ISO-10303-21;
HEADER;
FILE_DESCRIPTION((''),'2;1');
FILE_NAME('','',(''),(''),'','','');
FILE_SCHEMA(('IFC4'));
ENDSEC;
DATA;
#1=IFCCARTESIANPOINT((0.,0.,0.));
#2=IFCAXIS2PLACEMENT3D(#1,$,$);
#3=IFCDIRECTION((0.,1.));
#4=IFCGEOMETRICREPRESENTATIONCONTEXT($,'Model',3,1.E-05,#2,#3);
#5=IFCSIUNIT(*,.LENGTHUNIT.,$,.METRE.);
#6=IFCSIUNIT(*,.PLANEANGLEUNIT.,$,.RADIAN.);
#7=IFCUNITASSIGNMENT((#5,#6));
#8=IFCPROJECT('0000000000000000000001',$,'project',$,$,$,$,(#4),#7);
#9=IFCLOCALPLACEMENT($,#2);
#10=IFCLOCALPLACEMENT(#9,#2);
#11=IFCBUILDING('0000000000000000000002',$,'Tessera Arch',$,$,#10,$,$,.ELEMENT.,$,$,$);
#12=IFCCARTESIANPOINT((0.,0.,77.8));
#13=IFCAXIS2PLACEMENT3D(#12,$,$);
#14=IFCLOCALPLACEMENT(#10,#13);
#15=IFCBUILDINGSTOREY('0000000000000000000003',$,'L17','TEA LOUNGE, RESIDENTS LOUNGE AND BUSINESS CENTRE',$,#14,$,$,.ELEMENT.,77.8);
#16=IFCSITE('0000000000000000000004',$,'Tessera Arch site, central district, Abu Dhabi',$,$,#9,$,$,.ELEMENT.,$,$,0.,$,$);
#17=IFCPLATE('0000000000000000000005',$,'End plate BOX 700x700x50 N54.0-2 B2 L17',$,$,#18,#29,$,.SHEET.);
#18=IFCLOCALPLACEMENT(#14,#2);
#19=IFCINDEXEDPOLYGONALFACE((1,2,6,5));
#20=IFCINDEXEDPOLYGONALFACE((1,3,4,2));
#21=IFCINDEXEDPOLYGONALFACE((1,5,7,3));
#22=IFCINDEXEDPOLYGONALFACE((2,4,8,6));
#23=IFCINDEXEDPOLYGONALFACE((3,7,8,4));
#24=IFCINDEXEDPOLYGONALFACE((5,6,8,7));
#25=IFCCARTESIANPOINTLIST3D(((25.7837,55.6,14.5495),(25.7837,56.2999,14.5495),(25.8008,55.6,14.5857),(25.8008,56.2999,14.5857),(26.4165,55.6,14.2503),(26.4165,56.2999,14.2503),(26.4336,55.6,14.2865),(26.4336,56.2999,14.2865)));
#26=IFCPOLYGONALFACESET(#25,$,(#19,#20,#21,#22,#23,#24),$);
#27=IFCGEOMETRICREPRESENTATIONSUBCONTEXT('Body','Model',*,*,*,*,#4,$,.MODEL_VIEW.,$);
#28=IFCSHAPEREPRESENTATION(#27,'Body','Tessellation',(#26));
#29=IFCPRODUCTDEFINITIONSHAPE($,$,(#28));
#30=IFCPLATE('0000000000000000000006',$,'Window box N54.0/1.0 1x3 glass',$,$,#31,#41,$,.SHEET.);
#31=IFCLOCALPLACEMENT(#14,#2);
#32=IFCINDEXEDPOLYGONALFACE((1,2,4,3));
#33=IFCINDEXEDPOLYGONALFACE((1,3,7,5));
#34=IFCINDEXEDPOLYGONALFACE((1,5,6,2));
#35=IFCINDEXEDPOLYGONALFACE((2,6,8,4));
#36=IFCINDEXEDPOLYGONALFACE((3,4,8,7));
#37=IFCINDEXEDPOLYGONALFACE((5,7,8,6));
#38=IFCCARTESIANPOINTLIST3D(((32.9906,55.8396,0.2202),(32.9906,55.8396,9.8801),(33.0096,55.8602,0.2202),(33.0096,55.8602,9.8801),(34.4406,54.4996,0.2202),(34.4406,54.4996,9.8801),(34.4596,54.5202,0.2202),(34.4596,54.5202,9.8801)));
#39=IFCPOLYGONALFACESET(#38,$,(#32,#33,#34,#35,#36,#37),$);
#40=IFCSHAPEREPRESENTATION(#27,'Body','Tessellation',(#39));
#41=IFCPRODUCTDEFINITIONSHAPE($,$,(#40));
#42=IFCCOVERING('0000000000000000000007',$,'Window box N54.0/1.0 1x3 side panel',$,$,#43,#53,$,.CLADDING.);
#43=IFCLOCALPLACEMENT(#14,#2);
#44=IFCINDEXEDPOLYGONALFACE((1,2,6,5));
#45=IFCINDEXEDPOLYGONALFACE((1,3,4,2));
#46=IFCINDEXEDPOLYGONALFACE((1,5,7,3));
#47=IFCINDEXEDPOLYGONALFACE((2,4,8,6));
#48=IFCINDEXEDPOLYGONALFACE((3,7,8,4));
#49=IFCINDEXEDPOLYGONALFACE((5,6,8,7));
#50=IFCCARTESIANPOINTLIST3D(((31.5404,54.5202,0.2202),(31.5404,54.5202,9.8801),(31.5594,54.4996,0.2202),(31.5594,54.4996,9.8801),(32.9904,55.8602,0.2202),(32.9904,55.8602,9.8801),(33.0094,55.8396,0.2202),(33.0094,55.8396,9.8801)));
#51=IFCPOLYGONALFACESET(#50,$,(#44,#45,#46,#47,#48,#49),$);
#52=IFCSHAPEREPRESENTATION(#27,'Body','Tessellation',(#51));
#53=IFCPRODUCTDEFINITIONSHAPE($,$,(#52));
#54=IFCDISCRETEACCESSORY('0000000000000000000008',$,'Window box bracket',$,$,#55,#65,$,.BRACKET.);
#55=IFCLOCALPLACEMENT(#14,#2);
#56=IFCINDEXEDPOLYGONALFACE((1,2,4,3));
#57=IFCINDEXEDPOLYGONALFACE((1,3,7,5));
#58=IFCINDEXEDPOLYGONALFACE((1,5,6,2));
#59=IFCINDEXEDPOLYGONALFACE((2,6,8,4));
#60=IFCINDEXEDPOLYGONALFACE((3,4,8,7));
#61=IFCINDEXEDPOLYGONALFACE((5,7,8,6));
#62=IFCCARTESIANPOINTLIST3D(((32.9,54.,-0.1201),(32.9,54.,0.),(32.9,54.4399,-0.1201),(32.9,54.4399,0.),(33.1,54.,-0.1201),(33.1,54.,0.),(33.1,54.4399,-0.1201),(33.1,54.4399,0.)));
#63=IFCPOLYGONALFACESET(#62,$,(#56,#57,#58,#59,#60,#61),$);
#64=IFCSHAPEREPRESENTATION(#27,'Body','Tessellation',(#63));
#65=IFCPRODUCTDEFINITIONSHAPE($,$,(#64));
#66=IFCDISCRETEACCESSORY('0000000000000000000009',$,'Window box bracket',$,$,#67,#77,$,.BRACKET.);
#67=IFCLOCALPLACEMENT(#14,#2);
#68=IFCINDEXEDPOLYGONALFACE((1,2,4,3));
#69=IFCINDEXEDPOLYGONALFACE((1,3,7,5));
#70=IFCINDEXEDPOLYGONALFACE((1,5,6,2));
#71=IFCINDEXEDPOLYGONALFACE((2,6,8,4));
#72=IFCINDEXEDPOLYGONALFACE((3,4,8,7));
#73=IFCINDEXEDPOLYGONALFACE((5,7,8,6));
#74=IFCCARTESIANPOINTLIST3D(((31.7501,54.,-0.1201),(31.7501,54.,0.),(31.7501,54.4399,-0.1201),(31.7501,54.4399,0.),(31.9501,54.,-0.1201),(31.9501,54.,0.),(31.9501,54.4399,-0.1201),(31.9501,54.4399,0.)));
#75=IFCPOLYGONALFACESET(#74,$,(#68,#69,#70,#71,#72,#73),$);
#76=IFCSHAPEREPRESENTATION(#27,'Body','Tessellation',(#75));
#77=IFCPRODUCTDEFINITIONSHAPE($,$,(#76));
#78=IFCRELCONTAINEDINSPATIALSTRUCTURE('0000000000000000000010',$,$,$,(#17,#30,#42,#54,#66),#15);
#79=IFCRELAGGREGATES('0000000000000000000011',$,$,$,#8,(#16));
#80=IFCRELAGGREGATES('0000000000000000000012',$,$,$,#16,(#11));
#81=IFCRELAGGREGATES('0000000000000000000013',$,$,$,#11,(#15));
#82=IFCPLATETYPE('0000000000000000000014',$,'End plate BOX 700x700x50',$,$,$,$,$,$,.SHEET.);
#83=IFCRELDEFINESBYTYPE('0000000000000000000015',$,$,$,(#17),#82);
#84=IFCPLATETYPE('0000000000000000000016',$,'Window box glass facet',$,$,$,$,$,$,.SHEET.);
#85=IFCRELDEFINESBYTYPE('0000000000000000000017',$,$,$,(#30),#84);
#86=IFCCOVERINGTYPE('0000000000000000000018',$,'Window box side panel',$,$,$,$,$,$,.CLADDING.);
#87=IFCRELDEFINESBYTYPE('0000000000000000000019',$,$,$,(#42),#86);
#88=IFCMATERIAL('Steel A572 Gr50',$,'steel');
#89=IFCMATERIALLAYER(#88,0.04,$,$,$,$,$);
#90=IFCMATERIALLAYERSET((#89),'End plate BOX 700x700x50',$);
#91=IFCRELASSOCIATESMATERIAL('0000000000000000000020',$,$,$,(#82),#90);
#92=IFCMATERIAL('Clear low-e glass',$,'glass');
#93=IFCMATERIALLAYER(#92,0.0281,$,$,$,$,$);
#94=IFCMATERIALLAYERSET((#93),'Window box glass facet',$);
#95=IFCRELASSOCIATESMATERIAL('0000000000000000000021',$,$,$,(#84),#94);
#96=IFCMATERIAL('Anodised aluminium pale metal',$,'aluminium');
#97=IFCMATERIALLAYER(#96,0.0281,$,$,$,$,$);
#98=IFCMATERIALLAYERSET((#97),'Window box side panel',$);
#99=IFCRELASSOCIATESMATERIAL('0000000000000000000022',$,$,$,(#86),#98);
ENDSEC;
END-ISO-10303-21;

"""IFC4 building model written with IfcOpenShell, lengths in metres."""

from ifc_helpers import new_model, si_unit, direction, frame, origin, origin_2d, place, context, subcontext, project, spatial, rectangle, extrude, material, layer, layer_set, type_object, element, save


model = new_model("IFC4")

# Units and contexts
model_context = context("Model", 3, precision=1e-05, world=origin(), true_north=direction((0.0, 1.0)))
body_context = subcontext(model_context, "Body", "Model", "MODEL_VIEW")
ifc_project = project(units=[si_unit("LENGTHUNIT", "METRE"), si_unit("PLANEANGLEUNIT", "RADIAN")], contexts=[model_context])

# Site, building, storey
site_placement = place(None, origin())
site = spatial("IfcSite", under=ifc_project, at=site_placement, Name="Tessera Arch site, central district, Abu Dhabi", CompositionType="ELEMENT", RefElevation=0.0)
building_placement = place(site_placement, origin())
building = spatial("IfcBuilding", under=site, at=building_placement, Name="Tessera Arch", CompositionType="ELEMENT")
storey_placement = place(building_placement, frame((0.0, 0.0, 77.8)))
storey = spatial("IfcBuildingStorey", under=building, at=storey_placement, Name="L17", Description="TEA LOUNGE, RESIDENTS LOUNGE AND BUSINESS CENTRE", CompositionType="ELEMENT", Elevation=77.8)

# Plates
ifc_material_1 = material(Name="Steel A572 Gr50", Category="steel")
ifc_layer_1 = layer(ifc_material_1, 0.04)
ifc_layer_set_1 = layer_set([ifc_layer_1], Name="End plate BOX 700x700x50")
plate_type_1 = type_object("IfcPlateType", Name="End plate BOX 700x700x50", PredefinedType="SHEET", material=ifc_layer_set_1)
for number, where, z_axis, x_axis, name in (
    (1, (26.1001, 55.95, 14.3999), (0.427561, 0.0, 0.903986), (0.0, 1.0, 0.0), "End plate BOX 700x700x50 N54.0-2 B2 L17"),
):
    element("IfcPlate", number, at=place(storey_placement, frame(where, z_axis=z_axis, x_axis=x_axis)), inside=storey, type_object=plate_type_1, Name=name, PredefinedType="SHEET", context=body_context, shape_type="SweptSolid", body=[
        extrude(rectangle(XDim=0.7, YDim=0.7, at=origin_2d()), origin(), (0.0, 0.0, 1.0), 0.04),
    ])
ifc_material_2 = material(Name="Clear low-e glass", Category="glass")
ifc_layer_2 = layer(ifc_material_2, 0.0281)
ifc_layer_set_2 = layer_set([ifc_layer_2], Name="Window box glass facet")
plate_type_2 = type_object("IfcPlateType", Name="Window box glass facet", PredefinedType="SHEET", material=ifc_layer_set_2)
plate_1_placement = place(storey_placement, frame((33.7251, 55.1799, 0.2202), z_axis=(0.0, 0.0, 1.0), x_axis=(-0.734415, 0.678701, 0.0)))
element("IfcPlate", 2, at=plate_1_placement, inside=storey, type_object=plate_type_2, Name="Window box N54.0/1.0 1x3 glass", PredefinedType="SHEET", context=body_context, shape_type="SweptSolid", body=[
    extrude(rectangle(XDim=1.9744, YDim=0.0281, at=origin_2d()), origin(), (0.0, 0.0, 1.0), 9.6599),
])

# Covering
ifc_material_3 = material(Name="Anodised aluminium pale metal", Category="aluminium")
ifc_layer_3 = layer(ifc_material_3, 0.0281)
ifc_layer_set_3 = layer_set([ifc_layer_3], Name="Window box side panel")
covering_type = type_object("IfcCoveringType", Name="Window box side panel", PredefinedType="CLADDING", material=ifc_layer_set_3)
covering_placement = place(storey_placement, frame((32.2749, 55.1799, 0.2202), z_axis=(0.0, 0.0, 1.0), x_axis=(0.734415, 0.678701, 0.0)))
element("IfcCovering", 3, at=covering_placement, inside=storey, type_object=covering_type, Name="Window box N54.0/1.0 1x3 side panel", PredefinedType="CLADDING", context=body_context, shape_type="SweptSolid", body=[
    extrude(rectangle(XDim=1.9744, YDim=0.0281, at=origin_2d()), origin(), (0.0, 0.0, 1.0), 9.6599),
])

# Discrete accessories
for number, where, z_axis, x_axis, name in (
    (4, (33.0, 54.22, -0.1201), (0.0, 0.0, 1.0), (0.0, 1.0, 0.0), "Window box bracket"),
    (5, (31.8501, 54.22, -0.1201), (0.0, 0.0, 1.0), (0.0, 1.0, 0.0), "Window box bracket"),
):
    element("IfcDiscreteAccessory", number, at=place(storey_placement, frame(where, z_axis=z_axis, x_axis=x_axis)), inside=storey, Name=name, PredefinedType="BRACKET", context=body_context, shape_type="SweptSolid", body=[
        extrude(rectangle(XDim=0.4399, YDim=0.2, at=origin_2d()), origin(), (0.0, 0.0, 1.0), 0.1201),
    ])

save(model, "model.ifc")
